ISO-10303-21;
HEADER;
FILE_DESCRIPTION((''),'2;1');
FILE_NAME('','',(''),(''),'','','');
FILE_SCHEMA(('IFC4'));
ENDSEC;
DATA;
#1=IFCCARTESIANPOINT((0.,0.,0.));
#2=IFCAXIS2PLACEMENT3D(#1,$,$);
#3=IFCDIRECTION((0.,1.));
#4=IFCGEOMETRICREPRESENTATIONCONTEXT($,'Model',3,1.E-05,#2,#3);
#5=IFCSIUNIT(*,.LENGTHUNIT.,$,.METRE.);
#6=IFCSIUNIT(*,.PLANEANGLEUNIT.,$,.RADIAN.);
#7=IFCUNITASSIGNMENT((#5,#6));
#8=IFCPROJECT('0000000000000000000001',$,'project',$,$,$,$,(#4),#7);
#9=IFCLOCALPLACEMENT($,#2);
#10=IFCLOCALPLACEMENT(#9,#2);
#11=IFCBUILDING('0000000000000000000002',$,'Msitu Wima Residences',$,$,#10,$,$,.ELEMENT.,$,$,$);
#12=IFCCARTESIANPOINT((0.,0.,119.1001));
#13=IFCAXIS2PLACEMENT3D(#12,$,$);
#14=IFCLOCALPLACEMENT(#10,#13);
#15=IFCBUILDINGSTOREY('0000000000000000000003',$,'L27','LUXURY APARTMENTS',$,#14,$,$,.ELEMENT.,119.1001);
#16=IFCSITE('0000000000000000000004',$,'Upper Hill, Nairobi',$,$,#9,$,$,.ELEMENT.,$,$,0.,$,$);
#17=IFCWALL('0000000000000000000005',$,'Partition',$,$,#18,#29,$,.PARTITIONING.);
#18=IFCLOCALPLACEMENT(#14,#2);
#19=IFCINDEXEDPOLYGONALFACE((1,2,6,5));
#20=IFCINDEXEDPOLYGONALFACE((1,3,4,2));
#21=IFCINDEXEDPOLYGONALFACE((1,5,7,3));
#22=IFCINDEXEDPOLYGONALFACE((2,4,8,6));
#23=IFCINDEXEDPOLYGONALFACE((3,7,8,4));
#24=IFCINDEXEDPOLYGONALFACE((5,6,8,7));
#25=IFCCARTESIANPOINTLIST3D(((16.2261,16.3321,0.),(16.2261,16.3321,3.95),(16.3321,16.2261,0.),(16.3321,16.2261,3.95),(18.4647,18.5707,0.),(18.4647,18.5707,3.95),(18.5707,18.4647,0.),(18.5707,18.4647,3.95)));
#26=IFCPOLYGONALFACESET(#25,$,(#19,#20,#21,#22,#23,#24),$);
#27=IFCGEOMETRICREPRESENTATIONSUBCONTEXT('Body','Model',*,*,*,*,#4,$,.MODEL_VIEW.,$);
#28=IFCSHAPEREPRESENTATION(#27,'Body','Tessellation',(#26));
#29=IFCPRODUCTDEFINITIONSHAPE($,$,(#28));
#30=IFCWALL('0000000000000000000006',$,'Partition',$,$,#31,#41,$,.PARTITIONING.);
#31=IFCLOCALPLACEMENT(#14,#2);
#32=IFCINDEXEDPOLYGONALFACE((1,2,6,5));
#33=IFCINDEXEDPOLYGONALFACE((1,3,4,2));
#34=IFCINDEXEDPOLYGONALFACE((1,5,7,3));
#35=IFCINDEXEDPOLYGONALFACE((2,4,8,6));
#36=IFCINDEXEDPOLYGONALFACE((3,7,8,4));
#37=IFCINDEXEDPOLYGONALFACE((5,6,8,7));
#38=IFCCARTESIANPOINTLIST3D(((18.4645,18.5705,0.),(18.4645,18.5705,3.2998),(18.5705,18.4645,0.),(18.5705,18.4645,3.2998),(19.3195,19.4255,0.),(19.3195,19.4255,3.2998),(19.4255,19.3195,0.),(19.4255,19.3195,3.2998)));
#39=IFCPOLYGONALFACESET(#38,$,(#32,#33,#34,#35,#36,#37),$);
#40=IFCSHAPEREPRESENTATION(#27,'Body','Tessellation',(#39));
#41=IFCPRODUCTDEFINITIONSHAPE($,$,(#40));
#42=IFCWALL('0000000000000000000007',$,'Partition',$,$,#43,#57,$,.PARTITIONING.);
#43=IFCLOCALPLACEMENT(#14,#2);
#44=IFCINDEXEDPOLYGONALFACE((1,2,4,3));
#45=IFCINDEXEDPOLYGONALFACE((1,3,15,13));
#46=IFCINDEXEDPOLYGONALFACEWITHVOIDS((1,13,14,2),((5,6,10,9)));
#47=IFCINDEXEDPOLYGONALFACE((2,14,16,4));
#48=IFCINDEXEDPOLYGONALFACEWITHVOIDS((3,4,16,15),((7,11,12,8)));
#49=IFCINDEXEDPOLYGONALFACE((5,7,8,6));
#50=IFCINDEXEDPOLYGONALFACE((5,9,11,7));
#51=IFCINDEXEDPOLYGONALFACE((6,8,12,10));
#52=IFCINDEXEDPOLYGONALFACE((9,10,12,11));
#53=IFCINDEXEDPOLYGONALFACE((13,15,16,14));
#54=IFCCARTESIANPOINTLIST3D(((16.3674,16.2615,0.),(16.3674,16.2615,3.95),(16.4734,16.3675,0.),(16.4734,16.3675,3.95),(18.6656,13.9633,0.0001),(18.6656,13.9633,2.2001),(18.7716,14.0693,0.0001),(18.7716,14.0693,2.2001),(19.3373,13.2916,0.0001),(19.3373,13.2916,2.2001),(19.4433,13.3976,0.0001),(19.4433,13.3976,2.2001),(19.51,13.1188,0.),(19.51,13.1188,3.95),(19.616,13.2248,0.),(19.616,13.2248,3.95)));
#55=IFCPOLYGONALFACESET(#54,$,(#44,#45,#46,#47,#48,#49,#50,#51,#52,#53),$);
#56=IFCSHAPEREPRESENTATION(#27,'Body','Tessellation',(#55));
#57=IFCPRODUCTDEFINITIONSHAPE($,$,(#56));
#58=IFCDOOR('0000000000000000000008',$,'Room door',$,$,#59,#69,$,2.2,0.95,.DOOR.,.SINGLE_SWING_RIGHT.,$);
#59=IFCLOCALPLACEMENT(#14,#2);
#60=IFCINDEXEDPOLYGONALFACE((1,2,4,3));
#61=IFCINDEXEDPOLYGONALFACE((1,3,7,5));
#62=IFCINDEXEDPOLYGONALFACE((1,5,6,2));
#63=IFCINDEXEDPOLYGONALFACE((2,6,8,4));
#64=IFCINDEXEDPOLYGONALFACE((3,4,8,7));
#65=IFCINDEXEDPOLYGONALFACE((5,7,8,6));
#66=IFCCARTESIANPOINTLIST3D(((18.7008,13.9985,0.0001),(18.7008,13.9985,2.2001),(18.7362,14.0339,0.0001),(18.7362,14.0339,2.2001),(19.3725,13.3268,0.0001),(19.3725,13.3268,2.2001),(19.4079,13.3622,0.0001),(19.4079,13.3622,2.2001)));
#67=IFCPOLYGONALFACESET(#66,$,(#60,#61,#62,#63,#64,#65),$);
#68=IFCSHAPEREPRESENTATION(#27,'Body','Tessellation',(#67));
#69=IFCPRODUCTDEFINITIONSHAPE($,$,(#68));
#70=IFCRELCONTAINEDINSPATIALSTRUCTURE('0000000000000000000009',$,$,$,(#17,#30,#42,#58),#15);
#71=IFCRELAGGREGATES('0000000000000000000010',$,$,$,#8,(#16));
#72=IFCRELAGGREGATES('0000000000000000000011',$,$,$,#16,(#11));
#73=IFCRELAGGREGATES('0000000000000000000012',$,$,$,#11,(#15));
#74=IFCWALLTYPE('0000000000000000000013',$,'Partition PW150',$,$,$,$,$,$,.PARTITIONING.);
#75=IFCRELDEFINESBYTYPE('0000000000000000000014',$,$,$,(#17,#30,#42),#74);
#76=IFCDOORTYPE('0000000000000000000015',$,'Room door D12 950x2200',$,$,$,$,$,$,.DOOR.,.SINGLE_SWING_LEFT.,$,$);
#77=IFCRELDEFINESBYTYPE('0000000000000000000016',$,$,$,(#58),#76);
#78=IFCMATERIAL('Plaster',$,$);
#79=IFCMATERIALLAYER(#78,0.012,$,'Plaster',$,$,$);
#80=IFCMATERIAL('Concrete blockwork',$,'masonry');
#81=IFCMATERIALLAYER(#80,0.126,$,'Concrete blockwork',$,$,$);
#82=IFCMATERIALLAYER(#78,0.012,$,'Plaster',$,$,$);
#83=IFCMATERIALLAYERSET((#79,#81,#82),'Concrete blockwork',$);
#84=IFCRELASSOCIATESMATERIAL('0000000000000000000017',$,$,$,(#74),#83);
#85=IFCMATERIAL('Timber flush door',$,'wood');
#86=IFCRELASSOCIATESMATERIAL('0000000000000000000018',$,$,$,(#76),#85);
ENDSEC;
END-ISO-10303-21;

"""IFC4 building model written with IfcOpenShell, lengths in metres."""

from ifc_helpers import new_model, si_unit, direction, frame, frame_2d, origin, place, context, subcontext, project, spatial, rectangle, extrude, material, layer, layer_set, type_object, element, fill, save


model = new_model("IFC4")

# Units and contexts
model_context = context("Model", 3, precision=1e-05, world=origin(), true_north=direction((0.0, 1.0)))
body_context = subcontext(model_context, "Body", "Model", "MODEL_VIEW")
ifc_project = project(units=[si_unit("LENGTHUNIT", "METRE"), si_unit("PLANEANGLEUNIT", "RADIAN")], contexts=[model_context])

# Site, building, storey
site_placement = place(None, origin())
site = spatial("IfcSite", under=ifc_project, at=site_placement, Name="Upper Hill, Nairobi", CompositionType="ELEMENT", RefElevation=0.0)
building_placement = place(site_placement, origin())
building = spatial("IfcBuilding", under=site, at=building_placement, Name="Msitu Wima Residences", CompositionType="ELEMENT")
storey_placement = place(building_placement, frame((0.0, 0.0, 119.1001)))
storey = spatial("IfcBuildingStorey", under=building, at=storey_placement, Name="L27", Description="LUXURY APARTMENTS", CompositionType="ELEMENT", Elevation=119.1001)

# Walls
ifc_material_1 = material(Name="Plaster")
ifc_layer_1 = layer(ifc_material_1, 0.012, Name="Plaster")
ifc_material_2 = material(Name="Concrete blockwork", Category="masonry")
ifc_layer_2 = layer(ifc_material_2, 0.126, Name="Concrete blockwork")
ifc_layer_3 = layer(ifc_material_1, 0.012, Name="Plaster")
ifc_layer_set_1 = layer_set([ifc_layer_1, ifc_layer_2, ifc_layer_3], Name="Concrete blockwork")
wall_type_1 = type_object("IfcWallType", Name="Partition PW150", PredefinedType="PARTITIONING", material=ifc_layer_set_1)
wall_1_placement = place(storey_placement, frame((16.2791, 16.2791, 0.0), z_axis=(0.0, 0.0, 1.0), x_axis=(0.707107, 0.707107, 0.0)))
element("IfcWall", 1, at=wall_1_placement, inside=storey, type_object=wall_type_1, Name="Partition", PredefinedType="PARTITIONING", context=body_context, shape_type="SweptSolid", body=[
    extrude(rectangle(XDim=3.1658, YDim=0.1499, at=frame_2d((1.583, 0.0))), origin(), (0.0, 0.0, 1.0), 3.95),
])
wall_2_placement = place(storey_placement, frame((18.5176, 18.5176, 0.0), z_axis=(0.0, 0.0, 1.0), x_axis=(0.707107, 0.707107, 0.0)))
element("IfcWall", 2, at=wall_2_placement, inside=storey, type_object=wall_type_1, Name="Partition", PredefinedType="PARTITIONING", context=body_context, shape_type="SweptSolid", body=[
    extrude(rectangle(XDim=1.2092, YDim=0.1499, at=frame_2d((0.6045, 0.0))), origin(), (0.0, 0.0, 1.0), 3.2998),
])

# Wall, opening, door
wall_3_placement = place(storey_placement, frame((16.4204, 16.3145, 0.0), z_axis=(0.0, 0.0, 1.0), x_axis=(0.707107, -0.707107, 0.0)))
wall_3 = element("IfcWall", 3, at=wall_3_placement, inside=storey, type_object=wall_type_1, Name="Partition", PredefinedType="PARTITIONING", context=body_context, shape_type="SweptSolid", body=[
    extrude(rectangle(XDim=4.4443, YDim=0.1499, at=frame_2d((2.2222, 0.0))), origin(), (0.0, 0.0, 1.0), 3.95),
])
opening_1_placement = place(wall_3_placement, frame((3.25, 0.0, 0.0)))
opening_1 = element("IfcOpeningElement", 4, at=opening_1_placement, cuts=wall_3, PredefinedType="OPENING", context=body_context, shape_type="SweptSolid", body=[
    extrude(rectangle(XDim=0.95, YDim=2.2, at=frame_2d((0.4751, 1.1001))), frame((0.0, 0.085, 0.0), z_axis=(0.0, -1.0, 0.0), x_axis=(1.0, 0.0, 0.0)), (0.0, 0.0, 1.0), 0.1699),
])
ifc_material_3 = material(Name="Timber flush door", Category="wood")
door_type_1 = type_object("IfcDoorType", Name="Room door D12 950x2200", OperationType="SINGLE_SWING_LEFT", PredefinedType="DOOR", material=ifc_material_3)
door_1_placement = place(opening_1_placement, origin())
door_1 = element("IfcDoor", 5, at=door_1_placement, inside=storey, type_object=door_type_1, Name="Room door", OperationType="SINGLE_SWING_RIGHT", OverallHeight=2.2, OverallWidth=0.95, PredefinedType="DOOR", context=body_context, shape_type="SweptSolid", body=[
    extrude(rectangle(XDim=0.95, YDim=2.2, at=frame_2d((0.4751, 1.1001))), frame((0.0, 0.0249, 0.0), z_axis=(0.0, -1.0, 0.0), x_axis=(1.0, 0.0, 0.0)), (0.0, 0.0, 1.0), 0.05),
])
fill(opening_1, door_1)

save(model, "model.ifc")
